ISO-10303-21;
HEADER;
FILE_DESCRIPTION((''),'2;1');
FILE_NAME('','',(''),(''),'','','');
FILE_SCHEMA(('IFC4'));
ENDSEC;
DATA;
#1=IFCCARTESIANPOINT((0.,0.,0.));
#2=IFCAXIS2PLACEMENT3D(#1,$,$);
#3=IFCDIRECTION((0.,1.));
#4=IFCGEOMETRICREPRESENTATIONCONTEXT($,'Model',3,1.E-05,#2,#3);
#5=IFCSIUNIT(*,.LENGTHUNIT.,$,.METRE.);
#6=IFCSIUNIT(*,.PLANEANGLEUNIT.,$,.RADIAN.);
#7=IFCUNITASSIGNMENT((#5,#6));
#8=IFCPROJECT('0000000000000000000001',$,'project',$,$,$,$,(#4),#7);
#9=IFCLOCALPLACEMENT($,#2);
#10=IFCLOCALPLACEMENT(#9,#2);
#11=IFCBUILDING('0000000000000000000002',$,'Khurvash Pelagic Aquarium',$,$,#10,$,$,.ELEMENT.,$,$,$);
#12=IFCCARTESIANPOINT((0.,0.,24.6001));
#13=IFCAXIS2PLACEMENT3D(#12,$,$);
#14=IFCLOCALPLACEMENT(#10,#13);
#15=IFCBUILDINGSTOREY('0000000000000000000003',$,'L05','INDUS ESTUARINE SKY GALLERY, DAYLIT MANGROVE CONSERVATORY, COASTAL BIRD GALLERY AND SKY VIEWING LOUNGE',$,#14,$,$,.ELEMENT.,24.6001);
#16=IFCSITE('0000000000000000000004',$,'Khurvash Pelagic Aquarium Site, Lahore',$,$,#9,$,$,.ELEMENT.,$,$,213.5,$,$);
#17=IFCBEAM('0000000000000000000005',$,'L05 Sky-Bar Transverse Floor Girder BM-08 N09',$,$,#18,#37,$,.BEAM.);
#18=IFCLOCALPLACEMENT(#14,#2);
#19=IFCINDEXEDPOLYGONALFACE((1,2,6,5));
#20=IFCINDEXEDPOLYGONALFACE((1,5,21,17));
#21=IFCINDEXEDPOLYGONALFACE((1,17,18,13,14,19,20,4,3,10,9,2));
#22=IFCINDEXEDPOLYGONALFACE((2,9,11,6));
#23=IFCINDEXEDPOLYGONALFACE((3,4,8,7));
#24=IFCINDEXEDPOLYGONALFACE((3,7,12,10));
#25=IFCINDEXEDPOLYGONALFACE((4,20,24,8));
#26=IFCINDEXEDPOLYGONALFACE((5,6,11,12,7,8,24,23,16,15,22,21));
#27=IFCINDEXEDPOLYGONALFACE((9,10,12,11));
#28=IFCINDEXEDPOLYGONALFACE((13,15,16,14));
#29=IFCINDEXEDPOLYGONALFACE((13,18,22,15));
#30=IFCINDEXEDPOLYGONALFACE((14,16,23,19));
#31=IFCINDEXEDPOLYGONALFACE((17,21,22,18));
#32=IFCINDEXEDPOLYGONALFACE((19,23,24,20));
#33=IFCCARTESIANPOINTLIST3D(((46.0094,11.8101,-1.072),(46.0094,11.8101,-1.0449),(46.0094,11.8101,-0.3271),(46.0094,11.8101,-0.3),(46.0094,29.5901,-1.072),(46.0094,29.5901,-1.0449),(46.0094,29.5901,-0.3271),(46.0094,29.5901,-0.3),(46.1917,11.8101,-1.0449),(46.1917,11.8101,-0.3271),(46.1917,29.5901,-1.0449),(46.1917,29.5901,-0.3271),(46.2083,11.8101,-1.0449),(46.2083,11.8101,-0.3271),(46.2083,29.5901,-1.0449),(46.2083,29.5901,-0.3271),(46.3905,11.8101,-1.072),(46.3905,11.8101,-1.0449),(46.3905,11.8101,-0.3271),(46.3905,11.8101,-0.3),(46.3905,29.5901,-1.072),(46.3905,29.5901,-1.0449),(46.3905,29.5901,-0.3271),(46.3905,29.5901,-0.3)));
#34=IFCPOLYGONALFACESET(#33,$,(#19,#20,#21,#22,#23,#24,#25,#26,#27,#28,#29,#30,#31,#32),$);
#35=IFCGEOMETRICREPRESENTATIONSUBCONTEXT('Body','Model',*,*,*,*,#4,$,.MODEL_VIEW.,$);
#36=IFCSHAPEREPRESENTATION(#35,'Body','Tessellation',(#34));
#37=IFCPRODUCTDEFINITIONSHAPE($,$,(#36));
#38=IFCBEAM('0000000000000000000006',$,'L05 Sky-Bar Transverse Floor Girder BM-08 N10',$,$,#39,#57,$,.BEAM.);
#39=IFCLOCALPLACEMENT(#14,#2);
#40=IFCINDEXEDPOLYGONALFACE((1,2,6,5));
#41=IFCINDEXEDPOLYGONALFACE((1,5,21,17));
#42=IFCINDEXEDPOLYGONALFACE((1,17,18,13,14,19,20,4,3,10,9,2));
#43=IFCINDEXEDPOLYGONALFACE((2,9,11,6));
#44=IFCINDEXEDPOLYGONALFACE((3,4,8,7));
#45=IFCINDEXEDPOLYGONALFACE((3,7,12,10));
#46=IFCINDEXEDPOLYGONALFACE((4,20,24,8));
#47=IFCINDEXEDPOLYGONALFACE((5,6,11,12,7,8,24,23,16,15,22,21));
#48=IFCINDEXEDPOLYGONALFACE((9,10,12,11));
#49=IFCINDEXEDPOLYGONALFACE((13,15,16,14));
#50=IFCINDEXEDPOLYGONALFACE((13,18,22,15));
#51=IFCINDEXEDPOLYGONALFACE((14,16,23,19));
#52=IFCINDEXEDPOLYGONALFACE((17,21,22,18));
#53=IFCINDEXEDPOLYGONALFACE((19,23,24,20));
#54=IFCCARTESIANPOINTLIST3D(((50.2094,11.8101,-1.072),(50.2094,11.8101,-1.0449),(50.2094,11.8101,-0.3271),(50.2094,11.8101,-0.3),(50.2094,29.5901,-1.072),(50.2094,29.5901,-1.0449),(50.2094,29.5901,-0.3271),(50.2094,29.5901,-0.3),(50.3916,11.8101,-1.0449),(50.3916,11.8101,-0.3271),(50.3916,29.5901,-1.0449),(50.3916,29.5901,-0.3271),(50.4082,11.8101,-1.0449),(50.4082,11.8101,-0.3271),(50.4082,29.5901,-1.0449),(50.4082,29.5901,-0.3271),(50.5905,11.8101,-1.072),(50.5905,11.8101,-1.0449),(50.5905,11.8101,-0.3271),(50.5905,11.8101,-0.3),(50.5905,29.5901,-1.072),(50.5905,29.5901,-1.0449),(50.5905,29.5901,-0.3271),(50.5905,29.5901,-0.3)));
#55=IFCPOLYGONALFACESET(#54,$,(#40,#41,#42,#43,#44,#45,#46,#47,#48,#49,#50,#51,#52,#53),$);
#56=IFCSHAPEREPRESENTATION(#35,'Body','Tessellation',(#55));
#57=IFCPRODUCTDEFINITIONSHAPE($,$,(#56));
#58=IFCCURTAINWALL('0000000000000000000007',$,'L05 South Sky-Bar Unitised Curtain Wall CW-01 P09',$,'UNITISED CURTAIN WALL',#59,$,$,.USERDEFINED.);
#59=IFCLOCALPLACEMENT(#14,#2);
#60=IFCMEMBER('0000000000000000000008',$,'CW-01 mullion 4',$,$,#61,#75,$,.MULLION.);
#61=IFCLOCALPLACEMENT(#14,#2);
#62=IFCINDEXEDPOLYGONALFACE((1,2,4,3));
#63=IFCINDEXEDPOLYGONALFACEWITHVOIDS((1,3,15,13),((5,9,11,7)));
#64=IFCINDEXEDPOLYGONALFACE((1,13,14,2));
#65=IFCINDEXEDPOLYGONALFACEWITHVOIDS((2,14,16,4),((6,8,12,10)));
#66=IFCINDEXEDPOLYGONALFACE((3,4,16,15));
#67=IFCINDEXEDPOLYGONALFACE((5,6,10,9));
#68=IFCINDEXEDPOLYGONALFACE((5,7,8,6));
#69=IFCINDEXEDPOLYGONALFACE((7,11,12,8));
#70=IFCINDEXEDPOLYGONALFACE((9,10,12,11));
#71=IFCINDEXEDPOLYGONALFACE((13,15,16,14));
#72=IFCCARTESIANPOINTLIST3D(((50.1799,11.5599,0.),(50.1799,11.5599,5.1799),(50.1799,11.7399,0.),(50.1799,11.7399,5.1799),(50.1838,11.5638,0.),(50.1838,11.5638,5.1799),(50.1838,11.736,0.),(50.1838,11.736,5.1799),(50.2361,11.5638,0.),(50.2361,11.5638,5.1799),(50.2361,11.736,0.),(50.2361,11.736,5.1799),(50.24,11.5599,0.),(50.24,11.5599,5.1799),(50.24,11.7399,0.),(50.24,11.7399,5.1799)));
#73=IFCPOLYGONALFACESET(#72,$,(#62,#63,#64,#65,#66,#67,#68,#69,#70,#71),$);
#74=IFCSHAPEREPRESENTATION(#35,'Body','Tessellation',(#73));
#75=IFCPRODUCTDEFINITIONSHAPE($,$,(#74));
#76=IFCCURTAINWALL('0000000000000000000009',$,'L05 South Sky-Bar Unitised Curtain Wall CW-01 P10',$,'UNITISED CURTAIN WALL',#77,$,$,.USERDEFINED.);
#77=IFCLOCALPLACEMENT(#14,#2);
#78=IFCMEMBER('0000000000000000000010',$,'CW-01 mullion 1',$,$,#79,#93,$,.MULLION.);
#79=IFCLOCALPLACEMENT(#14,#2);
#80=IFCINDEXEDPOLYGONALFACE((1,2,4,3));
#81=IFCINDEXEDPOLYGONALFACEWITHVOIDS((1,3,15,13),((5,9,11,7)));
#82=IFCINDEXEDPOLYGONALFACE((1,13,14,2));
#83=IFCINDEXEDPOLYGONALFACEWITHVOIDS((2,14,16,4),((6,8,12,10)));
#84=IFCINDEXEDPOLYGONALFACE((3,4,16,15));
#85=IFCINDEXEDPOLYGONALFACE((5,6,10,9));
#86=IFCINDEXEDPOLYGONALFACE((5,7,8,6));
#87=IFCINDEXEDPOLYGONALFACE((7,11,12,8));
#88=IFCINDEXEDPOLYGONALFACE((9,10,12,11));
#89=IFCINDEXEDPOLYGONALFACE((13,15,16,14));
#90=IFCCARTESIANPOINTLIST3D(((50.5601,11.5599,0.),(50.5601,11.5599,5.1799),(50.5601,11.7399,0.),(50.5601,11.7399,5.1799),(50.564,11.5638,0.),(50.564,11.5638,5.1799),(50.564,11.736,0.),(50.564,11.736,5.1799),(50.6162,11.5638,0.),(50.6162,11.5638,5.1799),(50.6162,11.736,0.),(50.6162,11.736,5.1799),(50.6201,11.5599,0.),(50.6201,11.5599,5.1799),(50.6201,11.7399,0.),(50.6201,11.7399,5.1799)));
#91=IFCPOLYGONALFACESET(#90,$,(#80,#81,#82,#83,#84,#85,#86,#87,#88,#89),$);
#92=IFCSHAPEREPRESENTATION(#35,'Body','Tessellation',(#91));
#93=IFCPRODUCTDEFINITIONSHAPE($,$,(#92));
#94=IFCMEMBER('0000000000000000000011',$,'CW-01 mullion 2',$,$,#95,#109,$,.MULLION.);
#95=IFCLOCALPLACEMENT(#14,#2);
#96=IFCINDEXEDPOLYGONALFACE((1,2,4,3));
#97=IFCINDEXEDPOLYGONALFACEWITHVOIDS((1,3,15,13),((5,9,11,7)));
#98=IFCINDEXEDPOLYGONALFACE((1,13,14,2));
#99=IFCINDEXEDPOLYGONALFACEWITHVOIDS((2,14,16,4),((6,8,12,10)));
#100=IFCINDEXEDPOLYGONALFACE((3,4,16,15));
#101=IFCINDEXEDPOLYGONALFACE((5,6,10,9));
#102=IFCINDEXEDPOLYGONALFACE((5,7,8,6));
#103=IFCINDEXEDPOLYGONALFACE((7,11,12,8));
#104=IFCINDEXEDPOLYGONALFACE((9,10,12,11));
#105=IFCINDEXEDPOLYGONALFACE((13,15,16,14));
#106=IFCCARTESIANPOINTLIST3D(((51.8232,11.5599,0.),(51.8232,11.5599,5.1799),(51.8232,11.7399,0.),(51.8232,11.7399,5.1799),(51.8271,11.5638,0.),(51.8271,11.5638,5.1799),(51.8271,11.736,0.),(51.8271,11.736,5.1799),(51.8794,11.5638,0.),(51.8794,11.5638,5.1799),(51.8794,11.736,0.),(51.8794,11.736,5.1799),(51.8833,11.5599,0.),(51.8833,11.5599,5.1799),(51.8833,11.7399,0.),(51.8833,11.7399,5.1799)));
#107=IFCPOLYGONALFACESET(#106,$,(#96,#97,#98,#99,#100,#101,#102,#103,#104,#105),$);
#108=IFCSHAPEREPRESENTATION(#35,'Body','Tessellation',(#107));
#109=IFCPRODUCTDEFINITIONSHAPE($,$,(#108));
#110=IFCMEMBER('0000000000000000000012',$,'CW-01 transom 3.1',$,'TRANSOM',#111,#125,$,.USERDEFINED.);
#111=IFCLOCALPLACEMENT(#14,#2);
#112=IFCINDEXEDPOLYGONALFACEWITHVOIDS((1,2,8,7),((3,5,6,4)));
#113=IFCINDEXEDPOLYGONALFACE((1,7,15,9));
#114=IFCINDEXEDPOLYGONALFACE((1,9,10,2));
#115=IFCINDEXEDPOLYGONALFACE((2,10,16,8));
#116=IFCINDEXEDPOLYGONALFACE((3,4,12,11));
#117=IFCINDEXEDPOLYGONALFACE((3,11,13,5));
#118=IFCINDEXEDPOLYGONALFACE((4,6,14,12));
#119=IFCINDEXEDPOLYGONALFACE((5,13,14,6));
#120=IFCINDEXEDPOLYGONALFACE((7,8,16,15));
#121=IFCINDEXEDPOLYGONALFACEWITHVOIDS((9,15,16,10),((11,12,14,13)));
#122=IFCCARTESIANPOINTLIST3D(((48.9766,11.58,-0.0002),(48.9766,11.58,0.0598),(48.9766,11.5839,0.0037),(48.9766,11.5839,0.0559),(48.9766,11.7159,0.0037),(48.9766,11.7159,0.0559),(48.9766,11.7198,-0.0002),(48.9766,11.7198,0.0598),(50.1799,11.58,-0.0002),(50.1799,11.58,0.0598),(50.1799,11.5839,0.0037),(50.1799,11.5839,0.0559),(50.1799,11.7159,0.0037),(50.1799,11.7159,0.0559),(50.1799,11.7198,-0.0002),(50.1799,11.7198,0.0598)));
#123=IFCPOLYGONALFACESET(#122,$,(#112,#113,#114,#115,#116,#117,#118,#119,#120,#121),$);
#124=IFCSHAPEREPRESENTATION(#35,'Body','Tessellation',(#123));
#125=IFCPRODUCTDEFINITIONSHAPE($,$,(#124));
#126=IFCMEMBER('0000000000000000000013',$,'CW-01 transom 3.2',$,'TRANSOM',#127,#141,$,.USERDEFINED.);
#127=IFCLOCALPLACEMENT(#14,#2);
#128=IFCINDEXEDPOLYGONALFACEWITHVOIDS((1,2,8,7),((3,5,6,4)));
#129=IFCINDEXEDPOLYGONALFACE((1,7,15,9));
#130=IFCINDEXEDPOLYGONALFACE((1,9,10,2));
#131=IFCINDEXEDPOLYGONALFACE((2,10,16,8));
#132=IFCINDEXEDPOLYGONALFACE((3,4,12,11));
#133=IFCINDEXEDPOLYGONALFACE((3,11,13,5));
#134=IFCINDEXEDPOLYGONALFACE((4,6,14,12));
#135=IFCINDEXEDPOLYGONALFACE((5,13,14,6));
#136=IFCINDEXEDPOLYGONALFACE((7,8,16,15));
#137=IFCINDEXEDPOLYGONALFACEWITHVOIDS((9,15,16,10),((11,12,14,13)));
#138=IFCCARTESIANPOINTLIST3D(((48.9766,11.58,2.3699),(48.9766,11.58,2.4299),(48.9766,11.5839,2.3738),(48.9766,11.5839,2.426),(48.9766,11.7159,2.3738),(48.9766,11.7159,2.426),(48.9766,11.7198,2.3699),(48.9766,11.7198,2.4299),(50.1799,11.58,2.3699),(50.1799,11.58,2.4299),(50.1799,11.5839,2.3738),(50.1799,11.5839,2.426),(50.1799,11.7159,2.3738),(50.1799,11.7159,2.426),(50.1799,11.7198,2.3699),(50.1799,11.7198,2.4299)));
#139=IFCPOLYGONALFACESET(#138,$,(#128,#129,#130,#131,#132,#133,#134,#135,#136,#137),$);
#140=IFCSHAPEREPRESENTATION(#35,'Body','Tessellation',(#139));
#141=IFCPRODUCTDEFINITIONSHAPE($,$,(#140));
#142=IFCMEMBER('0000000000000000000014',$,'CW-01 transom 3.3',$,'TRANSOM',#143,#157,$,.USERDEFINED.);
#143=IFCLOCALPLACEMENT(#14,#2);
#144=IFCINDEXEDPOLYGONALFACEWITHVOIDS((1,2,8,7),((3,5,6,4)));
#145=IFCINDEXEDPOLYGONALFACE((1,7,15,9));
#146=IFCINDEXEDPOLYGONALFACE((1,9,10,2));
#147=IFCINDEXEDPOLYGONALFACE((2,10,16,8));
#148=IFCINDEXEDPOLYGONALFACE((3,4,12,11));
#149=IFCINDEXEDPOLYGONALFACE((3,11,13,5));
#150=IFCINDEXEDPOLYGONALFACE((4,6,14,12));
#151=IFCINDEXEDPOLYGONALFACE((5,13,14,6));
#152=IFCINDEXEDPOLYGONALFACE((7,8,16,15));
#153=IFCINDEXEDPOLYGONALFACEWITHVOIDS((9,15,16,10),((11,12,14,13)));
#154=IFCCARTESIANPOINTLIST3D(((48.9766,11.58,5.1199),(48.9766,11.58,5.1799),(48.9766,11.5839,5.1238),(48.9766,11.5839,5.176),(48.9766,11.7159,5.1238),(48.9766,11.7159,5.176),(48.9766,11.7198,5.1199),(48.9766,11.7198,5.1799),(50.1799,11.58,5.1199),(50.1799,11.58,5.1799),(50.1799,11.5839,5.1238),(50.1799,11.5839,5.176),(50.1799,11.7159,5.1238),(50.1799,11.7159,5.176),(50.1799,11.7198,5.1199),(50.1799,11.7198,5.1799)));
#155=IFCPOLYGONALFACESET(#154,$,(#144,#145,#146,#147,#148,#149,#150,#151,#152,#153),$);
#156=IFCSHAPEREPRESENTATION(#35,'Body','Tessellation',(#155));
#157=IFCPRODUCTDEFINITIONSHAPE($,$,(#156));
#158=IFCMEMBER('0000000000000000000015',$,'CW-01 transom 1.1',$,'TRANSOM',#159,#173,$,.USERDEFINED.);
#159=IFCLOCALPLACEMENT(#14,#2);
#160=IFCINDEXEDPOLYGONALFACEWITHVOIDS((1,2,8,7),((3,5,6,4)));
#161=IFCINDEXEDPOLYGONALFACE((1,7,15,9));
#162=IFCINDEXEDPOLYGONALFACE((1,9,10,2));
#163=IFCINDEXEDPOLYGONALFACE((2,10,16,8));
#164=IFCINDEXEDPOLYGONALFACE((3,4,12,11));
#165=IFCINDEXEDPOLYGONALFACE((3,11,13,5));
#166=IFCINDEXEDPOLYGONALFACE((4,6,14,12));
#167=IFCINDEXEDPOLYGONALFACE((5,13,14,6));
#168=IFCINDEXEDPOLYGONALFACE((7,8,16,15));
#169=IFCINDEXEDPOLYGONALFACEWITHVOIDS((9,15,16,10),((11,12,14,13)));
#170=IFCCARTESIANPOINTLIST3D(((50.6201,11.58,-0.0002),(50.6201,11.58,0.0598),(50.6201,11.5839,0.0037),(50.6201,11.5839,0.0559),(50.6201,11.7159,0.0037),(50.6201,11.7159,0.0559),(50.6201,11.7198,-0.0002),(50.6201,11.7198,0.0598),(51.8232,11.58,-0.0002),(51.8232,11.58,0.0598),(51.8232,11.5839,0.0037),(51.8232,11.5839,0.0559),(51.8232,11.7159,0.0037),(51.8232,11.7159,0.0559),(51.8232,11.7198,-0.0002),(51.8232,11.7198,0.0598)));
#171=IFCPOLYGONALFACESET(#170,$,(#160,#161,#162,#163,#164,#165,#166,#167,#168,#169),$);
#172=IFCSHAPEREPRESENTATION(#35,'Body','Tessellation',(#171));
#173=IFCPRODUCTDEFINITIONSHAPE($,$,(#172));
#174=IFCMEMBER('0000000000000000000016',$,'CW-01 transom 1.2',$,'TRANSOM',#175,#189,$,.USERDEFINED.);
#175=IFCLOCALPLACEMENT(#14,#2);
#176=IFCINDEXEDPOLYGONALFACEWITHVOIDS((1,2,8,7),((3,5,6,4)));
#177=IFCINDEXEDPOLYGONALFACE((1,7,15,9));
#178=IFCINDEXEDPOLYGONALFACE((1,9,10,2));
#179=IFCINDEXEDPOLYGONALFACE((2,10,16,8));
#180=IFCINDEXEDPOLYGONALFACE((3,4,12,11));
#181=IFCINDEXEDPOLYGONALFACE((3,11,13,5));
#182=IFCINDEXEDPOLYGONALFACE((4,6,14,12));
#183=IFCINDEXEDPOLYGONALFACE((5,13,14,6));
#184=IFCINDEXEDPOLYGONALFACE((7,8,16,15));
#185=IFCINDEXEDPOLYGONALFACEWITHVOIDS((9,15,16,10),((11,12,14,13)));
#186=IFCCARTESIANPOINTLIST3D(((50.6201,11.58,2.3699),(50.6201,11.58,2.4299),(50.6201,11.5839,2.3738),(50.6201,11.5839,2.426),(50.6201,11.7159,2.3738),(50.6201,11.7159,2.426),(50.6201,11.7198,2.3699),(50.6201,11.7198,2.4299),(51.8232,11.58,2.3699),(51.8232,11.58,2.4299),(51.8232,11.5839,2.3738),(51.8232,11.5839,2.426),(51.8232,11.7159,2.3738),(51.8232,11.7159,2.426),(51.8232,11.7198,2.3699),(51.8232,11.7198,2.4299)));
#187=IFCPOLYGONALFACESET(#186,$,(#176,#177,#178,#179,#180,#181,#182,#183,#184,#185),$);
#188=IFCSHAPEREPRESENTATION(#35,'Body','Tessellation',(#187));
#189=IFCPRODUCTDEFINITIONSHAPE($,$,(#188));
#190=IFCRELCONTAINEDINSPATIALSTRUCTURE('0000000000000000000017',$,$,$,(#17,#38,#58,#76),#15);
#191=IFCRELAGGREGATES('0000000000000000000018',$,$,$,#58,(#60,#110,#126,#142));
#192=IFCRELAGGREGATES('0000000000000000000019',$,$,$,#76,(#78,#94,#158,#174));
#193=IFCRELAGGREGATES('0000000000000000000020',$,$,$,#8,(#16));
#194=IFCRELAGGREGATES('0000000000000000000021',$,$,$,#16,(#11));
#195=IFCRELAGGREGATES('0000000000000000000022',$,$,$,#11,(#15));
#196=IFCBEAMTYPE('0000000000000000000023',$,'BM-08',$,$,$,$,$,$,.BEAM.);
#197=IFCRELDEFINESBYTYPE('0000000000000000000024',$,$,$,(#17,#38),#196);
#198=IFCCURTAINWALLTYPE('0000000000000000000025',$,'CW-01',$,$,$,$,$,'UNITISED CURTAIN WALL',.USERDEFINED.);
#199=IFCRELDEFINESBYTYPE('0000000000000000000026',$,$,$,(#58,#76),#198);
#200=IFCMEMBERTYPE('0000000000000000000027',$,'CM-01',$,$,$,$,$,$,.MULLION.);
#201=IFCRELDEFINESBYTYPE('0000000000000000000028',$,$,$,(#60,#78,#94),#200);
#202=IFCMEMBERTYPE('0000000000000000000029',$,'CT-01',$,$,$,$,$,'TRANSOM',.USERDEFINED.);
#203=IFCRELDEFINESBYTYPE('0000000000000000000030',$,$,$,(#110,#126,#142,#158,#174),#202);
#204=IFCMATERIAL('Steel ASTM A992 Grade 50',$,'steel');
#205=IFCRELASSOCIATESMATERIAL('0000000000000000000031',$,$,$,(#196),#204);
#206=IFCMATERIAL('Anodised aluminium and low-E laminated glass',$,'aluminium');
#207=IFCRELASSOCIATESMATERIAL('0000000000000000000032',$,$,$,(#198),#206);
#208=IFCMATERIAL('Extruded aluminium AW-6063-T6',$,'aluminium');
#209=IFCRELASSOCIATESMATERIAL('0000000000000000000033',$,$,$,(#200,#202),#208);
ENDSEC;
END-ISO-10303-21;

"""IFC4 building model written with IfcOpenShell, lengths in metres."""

from ifc_helpers import new_model, si_unit, direction, frame, origin, origin_2d, place, context, subcontext, project, spatial, hollow_rectangle, i_section, extrude, material, material_profile, profile_set, type_object, element, aggregate, save


model = new_model("IFC4")

# Units and contexts
model_context = context("Model", 3, precision=1e-05, world=origin(), true_north=direction((0.0, 1.0)))
body_context = subcontext(model_context, "Body", "Model", "MODEL_VIEW")
ifc_project = project(units=[si_unit("LENGTHUNIT", "METRE"), si_unit("PLANEANGLEUNIT", "RADIAN")], contexts=[model_context])

# Site, building, storey
site_placement = place(None, origin())
site = spatial("IfcSite", under=ifc_project, at=site_placement, Name="Khurvash Pelagic Aquarium Site, Lahore", CompositionType="ELEMENT", RefElevation=213.5)
building_placement = place(site_placement, origin())
building = spatial("IfcBuilding", under=site, at=building_placement, Name="Khurvash Pelagic Aquarium", CompositionType="ELEMENT")
storey_placement = place(building_placement, frame((0.0, 0.0, 24.6001)))
storey = spatial("IfcBuildingStorey", under=building, at=storey_placement, Name="L05", Description="INDUS ESTUARINE SKY GALLERY, DAYLIT MANGROVE CONSERVATORY, COASTAL BIRD GALLERY AND SKY VIEWING LOUNGE", CompositionType="ELEMENT", Elevation=24.6001)

# Beams
ifc_material_1 = material(Name="Steel ASTM A992 Grade 50", Category="steel")
ifc_material_profile_1 = material_profile(ifc_material_1, i_section(OverallWidth=0.3811, OverallDepth=0.772, WebThickness=0.0166, FlangeThickness=0.0271, at=origin_2d()), Name="W30X173")
ifc_profile_set_1 = profile_set([ifc_material_profile_1], Name="Steel ASTM A992 Grade 50")
beam_type_1 = type_object("IfcBeamType", Name="BM-08", PredefinedType="BEAM", material=ifc_profile_set_1)
for number, where, z_axis, x_axis, name in (
    (1, (46.2, 11.8101, -0.686), (0.0, 1.0, 0.0), (-1.0, 0.0, 0.0), "L05 Sky-Bar Transverse Floor Girder BM-08 N09"),
    (2, (50.3999, 11.8101, -0.686), (0.0, 1.0, 0.0), (-1.0, 0.0, 0.0), "L05 Sky-Bar Transverse Floor Girder BM-08 N10"),
):
    element("IfcBeam", number, at=place(storey_placement, frame(where, z_axis=z_axis, x_axis=x_axis)), inside=storey, type_object=beam_type_1, Name=name, PredefinedType="BEAM", context=body_context, shape_type="SweptSolid", body=[
        extrude(i_section(OverallWidth=0.3811, OverallDepth=0.772, WebThickness=0.0166, FlangeThickness=0.0271, at=origin_2d()), origin(), (0.0, 0.0, 1.0), 17.78),
    ])

# Curtain wall, member
ifc_material_2 = material(Name="Anodised aluminium and low-E laminated glass", Category="aluminium")
curtain_wall_type = type_object("IfcCurtainWallType", Name="CW-01", ElementType="UNITISED CURTAIN WALL", PredefinedType="USERDEFINED", material=ifc_material_2)
curtain_wall_1_placement = place(storey_placement, origin())
curtain_wall_1 = element("IfcCurtainWall", 3, at=curtain_wall_1_placement, inside=storey, type_object=curtain_wall_type, Name="L05 South Sky-Bar Unitised Curtain Wall CW-01 P09", ObjectType="UNITISED CURTAIN WALL", PredefinedType="USERDEFINED")
ifc_material_3 = material(Name="Extruded aluminium AW-6063-T6", Category="aluminium")
ifc_material_profile_2 = material_profile(ifc_material_3, hollow_rectangle(XDim=0.0601, YDim=0.1799, WallThickness=0.0039, at=origin_2d()), Name="CWM60X180X4")
ifc_profile_set_2 = profile_set([ifc_material_profile_2], Name="Extruded aluminium AW-6063-T6")
member_type_1 = type_object("IfcMemberType", Name="CM-01", PredefinedType="MULLION", material=ifc_profile_set_2)
member_1_placement = place(storey_placement, frame((50.21, 11.6499, 0.0), z_axis=(0.0, 0.0, 1.0), x_axis=(1.0, 0.0, 0.0)))
member_1 = element("IfcMember", 4, at=member_1_placement, type_object=member_type_1, Name="CW-01 mullion 4", PredefinedType="MULLION", context=body_context, shape_type="SweptSolid", body=[
    extrude(hollow_rectangle(XDim=0.0601, YDim=0.1799, WallThickness=0.0039, at=origin_2d()), origin(), (0.0, 0.0, 1.0), 5.1799),
])

# Curtain wall, members
curtain_wall_2_placement = place(storey_placement, origin())
curtain_wall_2 = element("IfcCurtainWall", 5, at=curtain_wall_2_placement, inside=storey, type_object=curtain_wall_type, Name="L05 South Sky-Bar Unitised Curtain Wall CW-01 P10", ObjectType="UNITISED CURTAIN WALL", PredefinedType="USERDEFINED")
member_2_placement = place(storey_placement, frame((50.5901, 11.6499, 0.0), z_axis=(0.0, 0.0, 1.0), x_axis=(1.0, 0.0, 0.0)))
member_2 = element("IfcMember", 6, at=member_2_placement, type_object=member_type_1, Name="CW-01 mullion 1", PredefinedType="MULLION", context=body_context, shape_type="SweptSolid", body=[
    extrude(hollow_rectangle(XDim=0.0601, YDim=0.1799, WallThickness=0.0039, at=origin_2d()), origin(), (0.0, 0.0, 1.0), 5.1799),
])
member_3_placement = place(storey_placement, frame((51.8533, 11.6499, 0.0), z_axis=(0.0, 0.0, 1.0), x_axis=(1.0, 0.0, 0.0)))
member_3 = element("IfcMember", 7, at=member_3_placement, type_object=member_type_1, Name="CW-01 mullion 2", PredefinedType="MULLION", context=body_context, shape_type="SweptSolid", body=[
    extrude(hollow_rectangle(XDim=0.0601, YDim=0.1799, WallThickness=0.0039, at=origin_2d()), origin(), (0.0, 0.0, 1.0), 5.1799),
])

# Members
ifc_material_profile_3 = material_profile(ifc_material_3, hollow_rectangle(XDim=0.1399, YDim=0.0601, WallThickness=0.0039, at=origin_2d()), Name="CWT140X60X4")
ifc_profile_set_3 = profile_set([ifc_material_profile_3], Name="Extruded aluminium AW-6063-T6")
member_type_2 = type_object("IfcMemberType", Name="CT-01", ElementType="TRANSOM", PredefinedType="USERDEFINED", material=ifc_profile_set_3)
member_4_placement = place(storey_placement, frame((48.9766, 11.6499, 0.0298), z_axis=(1.0, 0.0, 0.0), x_axis=(0.0, 1.0, 0.0)))
member_4 = element("IfcMember", 8, at=member_4_placement, type_object=member_type_2, Name="CW-01 transom 3.1", ObjectType="TRANSOM", PredefinedType="USERDEFINED", context=body_context, shape_type="SweptSolid", body=[
    extrude(hollow_rectangle(XDim=0.1399, YDim=0.0601, WallThickness=0.0039, at=origin_2d()), origin(), (0.0, 0.0, 1.0), 1.2034),
])
member_5_placement = place(storey_placement, frame((48.9766, 11.6499, 2.3999), z_axis=(1.0, 0.0, 0.0), x_axis=(0.0, 1.0, 0.0)))
member_5 = element("IfcMember", 9, at=member_5_placement, type_object=member_type_2, Name="CW-01 transom 3.2", ObjectType="TRANSOM", PredefinedType="USERDEFINED", context=body_context, shape_type="SweptSolid", body=[
    extrude(hollow_rectangle(XDim=0.1399, YDim=0.0601, WallThickness=0.0039, at=origin_2d()), origin(), (0.0, 0.0, 1.0), 1.2034),
])
member_6_placement = place(storey_placement, frame((48.9766, 11.6499, 5.1499), z_axis=(1.0, 0.0, 0.0), x_axis=(0.0, 1.0, 0.0)))
member_6 = element("IfcMember", 10, at=member_6_placement, type_object=member_type_2, Name="CW-01 transom 3.3", ObjectType="TRANSOM", PredefinedType="USERDEFINED", context=body_context, shape_type="SweptSolid", body=[
    extrude(hollow_rectangle(XDim=0.1399, YDim=0.0601, WallThickness=0.0039, at=origin_2d()), origin(), (0.0, 0.0, 1.0), 1.2034),
])
member_7_placement = place(storey_placement, frame((50.6201, 11.6499, 0.0298), z_axis=(1.0, 0.0, 0.0), x_axis=(0.0, 1.0, 0.0)))
member_7 = element("IfcMember", 11, at=member_7_placement, type_object=member_type_2, Name="CW-01 transom 1.1", ObjectType="TRANSOM", PredefinedType="USERDEFINED", context=body_context, shape_type="SweptSolid", body=[
    extrude(hollow_rectangle(XDim=0.1399, YDim=0.0601, WallThickness=0.0039, at=origin_2d()), origin(), (0.0, 0.0, 1.0), 1.2031),
])
member_8_placement = place(storey_placement, frame((50.6201, 11.6499, 2.3999), z_axis=(1.0, 0.0, 0.0), x_axis=(0.0, 1.0, 0.0)))
member_8 = element("IfcMember", 12, at=member_8_placement, type_object=member_type_2, Name="CW-01 transom 1.2", ObjectType="TRANSOM", PredefinedType="USERDEFINED", context=body_context, shape_type="SweptSolid", body=[
    extrude(hollow_rectangle(XDim=0.1399, YDim=0.0601, WallThickness=0.0039, at=origin_2d()), origin(), (0.0, 0.0, 1.0), 1.2031),
])

aggregate(curtain_wall_1, [member_1, member_4, member_5, member_6])
aggregate(curtain_wall_2, [member_2, member_3, member_7, member_8])

save(model, "model.ifc")
